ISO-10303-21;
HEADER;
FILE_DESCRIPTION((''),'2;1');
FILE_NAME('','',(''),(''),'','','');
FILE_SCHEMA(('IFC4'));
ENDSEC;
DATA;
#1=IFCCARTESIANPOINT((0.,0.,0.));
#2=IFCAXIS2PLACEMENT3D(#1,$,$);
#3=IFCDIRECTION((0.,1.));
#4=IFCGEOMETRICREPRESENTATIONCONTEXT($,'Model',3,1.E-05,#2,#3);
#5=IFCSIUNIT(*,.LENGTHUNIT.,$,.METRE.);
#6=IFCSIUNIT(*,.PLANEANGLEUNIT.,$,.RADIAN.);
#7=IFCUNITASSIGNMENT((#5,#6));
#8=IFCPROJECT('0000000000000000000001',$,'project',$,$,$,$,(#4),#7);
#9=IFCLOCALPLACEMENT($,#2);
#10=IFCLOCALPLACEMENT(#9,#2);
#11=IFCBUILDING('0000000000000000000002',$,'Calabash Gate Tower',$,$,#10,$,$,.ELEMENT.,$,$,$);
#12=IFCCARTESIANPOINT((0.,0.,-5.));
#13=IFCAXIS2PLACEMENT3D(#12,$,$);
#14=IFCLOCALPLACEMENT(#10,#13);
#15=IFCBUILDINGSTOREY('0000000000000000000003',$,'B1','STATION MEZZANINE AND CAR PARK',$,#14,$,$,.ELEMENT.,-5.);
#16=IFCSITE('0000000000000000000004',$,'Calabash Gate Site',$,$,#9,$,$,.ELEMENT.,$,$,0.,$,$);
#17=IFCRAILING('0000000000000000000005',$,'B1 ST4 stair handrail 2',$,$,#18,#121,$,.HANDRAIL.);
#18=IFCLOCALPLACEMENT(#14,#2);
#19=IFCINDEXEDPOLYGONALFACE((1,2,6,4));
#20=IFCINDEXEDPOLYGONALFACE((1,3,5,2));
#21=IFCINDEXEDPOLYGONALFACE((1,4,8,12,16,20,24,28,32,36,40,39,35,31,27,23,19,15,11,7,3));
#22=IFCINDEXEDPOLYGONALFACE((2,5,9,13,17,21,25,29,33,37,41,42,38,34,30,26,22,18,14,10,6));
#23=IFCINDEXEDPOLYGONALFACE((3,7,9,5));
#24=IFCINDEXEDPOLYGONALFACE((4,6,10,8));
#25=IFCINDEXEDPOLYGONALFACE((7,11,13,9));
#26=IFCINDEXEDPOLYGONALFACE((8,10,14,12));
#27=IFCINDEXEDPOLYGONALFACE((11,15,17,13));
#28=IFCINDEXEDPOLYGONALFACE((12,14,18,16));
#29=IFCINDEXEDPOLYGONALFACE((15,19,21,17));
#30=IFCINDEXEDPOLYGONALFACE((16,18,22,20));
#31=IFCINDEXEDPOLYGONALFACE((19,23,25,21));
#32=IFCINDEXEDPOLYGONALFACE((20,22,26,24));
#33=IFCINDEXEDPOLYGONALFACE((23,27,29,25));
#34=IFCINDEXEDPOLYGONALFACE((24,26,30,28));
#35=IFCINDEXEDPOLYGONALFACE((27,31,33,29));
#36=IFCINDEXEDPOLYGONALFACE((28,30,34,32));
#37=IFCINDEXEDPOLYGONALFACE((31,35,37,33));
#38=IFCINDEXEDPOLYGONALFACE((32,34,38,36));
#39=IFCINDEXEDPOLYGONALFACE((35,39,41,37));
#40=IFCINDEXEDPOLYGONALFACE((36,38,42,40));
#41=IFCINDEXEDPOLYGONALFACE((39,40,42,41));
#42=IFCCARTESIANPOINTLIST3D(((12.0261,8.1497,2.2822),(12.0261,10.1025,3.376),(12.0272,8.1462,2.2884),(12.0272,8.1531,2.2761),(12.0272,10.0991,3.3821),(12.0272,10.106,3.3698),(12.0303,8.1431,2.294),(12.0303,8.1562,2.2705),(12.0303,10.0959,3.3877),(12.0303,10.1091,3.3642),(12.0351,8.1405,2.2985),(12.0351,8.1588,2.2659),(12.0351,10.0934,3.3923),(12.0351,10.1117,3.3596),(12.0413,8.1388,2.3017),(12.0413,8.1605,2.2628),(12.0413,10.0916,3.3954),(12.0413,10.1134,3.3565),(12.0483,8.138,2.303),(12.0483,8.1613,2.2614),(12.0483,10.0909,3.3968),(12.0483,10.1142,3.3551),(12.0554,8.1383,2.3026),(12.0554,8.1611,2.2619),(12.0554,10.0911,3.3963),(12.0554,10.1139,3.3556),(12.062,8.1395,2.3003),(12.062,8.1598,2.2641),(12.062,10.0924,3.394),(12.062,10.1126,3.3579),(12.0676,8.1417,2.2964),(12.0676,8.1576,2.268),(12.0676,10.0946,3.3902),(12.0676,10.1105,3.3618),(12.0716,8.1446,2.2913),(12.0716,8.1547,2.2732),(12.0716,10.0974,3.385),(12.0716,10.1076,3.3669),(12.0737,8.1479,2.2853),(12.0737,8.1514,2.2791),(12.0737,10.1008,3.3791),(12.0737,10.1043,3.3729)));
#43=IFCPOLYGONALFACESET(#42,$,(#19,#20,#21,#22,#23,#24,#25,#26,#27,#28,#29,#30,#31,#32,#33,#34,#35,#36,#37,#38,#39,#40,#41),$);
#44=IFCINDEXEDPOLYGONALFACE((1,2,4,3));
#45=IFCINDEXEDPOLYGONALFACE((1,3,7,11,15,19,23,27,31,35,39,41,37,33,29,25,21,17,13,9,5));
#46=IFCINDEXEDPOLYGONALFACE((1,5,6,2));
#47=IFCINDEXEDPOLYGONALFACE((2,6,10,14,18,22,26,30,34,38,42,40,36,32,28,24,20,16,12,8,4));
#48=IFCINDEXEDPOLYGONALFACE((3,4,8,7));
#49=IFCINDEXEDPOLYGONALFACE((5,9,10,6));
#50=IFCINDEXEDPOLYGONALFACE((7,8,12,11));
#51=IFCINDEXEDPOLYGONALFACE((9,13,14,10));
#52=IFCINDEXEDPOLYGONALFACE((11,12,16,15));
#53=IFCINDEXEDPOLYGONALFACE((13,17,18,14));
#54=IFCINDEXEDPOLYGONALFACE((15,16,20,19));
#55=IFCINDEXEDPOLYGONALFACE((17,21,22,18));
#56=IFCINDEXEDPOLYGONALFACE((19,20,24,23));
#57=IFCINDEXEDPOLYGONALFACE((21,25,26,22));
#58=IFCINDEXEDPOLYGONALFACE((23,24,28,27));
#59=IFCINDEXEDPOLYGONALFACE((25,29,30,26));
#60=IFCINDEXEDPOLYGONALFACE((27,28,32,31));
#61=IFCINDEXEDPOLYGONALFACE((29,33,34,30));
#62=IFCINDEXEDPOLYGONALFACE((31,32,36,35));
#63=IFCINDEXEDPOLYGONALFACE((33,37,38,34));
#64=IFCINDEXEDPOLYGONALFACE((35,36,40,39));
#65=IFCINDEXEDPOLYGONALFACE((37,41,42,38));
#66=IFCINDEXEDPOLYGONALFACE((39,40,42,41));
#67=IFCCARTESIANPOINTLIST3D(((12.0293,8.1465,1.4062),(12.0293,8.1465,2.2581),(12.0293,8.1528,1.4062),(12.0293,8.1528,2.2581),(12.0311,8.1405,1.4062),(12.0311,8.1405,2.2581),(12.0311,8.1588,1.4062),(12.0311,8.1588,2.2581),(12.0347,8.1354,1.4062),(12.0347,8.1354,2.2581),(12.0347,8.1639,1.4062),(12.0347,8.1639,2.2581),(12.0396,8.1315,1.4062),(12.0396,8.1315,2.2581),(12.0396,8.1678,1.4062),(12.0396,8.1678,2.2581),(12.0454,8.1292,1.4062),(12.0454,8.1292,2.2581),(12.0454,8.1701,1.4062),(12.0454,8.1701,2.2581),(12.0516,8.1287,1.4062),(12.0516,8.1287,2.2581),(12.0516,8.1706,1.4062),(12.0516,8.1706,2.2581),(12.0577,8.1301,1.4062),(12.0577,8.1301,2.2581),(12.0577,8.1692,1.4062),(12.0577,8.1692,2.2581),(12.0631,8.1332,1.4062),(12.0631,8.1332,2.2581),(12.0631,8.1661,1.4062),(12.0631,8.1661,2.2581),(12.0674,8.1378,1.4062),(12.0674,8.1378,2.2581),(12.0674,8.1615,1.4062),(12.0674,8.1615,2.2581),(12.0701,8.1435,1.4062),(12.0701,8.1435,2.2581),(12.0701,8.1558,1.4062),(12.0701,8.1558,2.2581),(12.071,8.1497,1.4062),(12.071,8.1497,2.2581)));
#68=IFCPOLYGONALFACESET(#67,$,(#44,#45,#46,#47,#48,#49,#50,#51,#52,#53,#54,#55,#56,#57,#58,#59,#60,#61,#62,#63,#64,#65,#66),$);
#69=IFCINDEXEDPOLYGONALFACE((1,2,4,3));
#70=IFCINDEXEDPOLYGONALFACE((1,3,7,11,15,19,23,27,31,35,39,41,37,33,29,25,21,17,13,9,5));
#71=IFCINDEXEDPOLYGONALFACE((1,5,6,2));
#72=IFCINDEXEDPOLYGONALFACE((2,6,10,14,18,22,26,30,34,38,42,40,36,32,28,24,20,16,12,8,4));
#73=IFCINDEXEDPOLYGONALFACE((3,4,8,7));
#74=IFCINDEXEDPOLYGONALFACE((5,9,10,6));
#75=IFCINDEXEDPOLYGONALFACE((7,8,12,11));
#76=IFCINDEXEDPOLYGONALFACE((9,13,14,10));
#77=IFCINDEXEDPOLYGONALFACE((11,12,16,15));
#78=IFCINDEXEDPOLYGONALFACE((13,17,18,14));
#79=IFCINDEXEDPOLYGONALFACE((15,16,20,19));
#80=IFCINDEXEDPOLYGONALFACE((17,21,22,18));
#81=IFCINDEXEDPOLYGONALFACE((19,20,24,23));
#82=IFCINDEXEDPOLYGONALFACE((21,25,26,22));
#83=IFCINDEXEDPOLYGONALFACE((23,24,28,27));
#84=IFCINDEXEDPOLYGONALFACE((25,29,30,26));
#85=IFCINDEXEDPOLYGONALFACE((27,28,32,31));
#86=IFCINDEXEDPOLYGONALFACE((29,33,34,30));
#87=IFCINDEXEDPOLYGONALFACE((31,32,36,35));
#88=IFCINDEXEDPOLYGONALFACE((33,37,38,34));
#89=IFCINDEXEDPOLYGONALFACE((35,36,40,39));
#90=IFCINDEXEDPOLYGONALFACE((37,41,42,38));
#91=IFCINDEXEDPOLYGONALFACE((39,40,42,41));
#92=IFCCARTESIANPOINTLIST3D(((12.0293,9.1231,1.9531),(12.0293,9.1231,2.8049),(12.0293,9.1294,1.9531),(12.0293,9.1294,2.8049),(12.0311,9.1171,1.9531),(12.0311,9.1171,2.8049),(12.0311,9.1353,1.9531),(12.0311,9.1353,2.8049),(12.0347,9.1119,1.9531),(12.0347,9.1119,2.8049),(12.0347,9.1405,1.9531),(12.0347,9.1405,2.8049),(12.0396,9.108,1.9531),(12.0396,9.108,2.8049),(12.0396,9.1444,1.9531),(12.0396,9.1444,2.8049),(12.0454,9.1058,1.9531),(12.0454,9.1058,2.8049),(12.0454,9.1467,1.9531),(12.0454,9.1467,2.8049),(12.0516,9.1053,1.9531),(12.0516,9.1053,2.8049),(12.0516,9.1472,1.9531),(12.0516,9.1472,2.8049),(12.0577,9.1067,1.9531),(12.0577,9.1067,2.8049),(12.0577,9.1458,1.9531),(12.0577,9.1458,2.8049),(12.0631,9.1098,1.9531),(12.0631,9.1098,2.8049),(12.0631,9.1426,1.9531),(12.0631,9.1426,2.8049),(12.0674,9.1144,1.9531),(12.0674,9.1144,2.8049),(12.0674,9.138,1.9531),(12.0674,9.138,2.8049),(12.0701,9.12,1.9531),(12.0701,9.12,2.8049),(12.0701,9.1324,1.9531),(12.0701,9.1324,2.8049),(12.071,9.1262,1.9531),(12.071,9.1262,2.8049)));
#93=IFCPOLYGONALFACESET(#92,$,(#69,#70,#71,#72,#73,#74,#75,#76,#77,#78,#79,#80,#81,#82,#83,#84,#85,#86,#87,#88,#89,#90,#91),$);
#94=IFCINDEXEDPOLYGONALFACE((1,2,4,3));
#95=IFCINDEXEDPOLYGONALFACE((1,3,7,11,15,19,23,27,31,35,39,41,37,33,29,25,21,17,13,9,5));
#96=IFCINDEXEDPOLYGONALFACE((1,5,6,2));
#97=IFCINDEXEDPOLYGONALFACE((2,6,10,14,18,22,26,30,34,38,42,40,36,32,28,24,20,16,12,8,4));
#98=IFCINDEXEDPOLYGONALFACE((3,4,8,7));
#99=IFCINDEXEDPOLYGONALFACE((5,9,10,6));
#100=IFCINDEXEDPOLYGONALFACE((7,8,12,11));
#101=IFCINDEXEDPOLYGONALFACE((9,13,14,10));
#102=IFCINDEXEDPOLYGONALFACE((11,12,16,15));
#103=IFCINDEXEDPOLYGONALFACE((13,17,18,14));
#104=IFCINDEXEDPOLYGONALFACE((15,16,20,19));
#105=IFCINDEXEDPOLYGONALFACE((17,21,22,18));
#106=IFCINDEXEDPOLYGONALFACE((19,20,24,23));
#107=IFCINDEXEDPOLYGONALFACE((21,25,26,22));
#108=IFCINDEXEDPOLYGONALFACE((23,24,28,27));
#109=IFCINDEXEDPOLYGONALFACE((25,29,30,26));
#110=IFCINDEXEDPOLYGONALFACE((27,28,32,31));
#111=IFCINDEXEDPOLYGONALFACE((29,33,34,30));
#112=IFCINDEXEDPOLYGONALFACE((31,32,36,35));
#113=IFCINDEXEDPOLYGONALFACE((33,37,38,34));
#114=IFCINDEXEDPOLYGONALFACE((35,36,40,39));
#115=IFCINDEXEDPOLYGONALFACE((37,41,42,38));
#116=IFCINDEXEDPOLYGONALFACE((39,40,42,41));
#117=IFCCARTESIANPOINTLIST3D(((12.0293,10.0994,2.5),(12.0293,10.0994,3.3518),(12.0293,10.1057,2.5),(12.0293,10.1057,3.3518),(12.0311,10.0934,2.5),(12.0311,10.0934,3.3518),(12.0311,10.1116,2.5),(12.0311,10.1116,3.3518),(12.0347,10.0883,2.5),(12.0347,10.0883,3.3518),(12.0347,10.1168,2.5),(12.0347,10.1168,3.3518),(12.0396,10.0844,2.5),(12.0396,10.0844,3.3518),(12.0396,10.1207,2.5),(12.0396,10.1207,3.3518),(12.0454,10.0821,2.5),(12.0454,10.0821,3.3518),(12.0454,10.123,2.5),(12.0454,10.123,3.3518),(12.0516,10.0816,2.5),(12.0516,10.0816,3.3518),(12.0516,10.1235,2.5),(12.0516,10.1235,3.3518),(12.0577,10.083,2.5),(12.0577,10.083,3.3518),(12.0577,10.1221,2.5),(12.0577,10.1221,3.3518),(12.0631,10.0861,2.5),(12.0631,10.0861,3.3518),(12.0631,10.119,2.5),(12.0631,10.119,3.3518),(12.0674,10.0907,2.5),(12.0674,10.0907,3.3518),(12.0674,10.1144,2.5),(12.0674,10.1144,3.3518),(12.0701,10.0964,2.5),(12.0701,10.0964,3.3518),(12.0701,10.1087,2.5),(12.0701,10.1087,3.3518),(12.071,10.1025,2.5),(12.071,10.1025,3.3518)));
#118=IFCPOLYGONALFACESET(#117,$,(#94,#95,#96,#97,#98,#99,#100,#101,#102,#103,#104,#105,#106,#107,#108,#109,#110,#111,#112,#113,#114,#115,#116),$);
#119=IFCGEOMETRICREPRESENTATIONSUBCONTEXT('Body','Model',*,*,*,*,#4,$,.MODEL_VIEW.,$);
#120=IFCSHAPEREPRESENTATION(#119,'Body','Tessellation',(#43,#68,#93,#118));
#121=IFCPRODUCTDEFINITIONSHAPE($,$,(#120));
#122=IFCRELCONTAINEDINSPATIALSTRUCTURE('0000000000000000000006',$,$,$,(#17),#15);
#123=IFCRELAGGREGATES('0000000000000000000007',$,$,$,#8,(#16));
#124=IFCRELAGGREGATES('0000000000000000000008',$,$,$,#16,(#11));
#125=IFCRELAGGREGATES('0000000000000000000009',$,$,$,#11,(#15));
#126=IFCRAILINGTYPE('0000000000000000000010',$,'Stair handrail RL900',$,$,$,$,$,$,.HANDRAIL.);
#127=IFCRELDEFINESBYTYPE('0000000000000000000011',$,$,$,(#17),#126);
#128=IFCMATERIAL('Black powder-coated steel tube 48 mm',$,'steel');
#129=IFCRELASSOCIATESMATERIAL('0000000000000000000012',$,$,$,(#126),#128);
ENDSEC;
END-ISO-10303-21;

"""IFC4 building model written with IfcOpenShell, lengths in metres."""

from ifc_helpers import new_model, si_unit, direction, frame, origin, origin_2d, place, context, subcontext, project, spatial, circle, extrude, material, type_object, element, save


model = new_model("IFC4")

# Units and contexts
model_context = context("Model", 3, precision=1e-05, world=origin(), true_north=direction((0.0, 1.0)))
body_context = subcontext(model_context, "Body", "Model", "MODEL_VIEW")
ifc_project = project(units=[si_unit("LENGTHUNIT", "METRE"), si_unit("PLANEANGLEUNIT", "RADIAN")], contexts=[model_context])

# Site, building, storey
site_placement = place(None, origin())
site = spatial("IfcSite", under=ifc_project, at=site_placement, Name="Calabash Gate Site", CompositionType="ELEMENT", RefElevation=0.0)
building_placement = place(site_placement, origin())
building = spatial("IfcBuilding", under=site, at=building_placement, Name="Calabash Gate Tower", CompositionType="ELEMENT")
storey_placement = place(building_placement, frame((0.0, 0.0, -5.0)))
storey = spatial("IfcBuildingStorey", under=building, at=storey_placement, Name="B1", Description="STATION MEZZANINE AND CAR PARK", CompositionType="ELEMENT", Elevation=-5.0)

# Railing
ifc_material_1 = material(Name="Black powder-coated steel tube 48 mm", Category="steel")
railing_type_1 = type_object("IfcRailingType", Name="Stair handrail RL900", PredefinedType="HANDRAIL", material=ifc_material_1)
railing_1_placement = place(storey_placement, frame((12.05, 8.1497, 1.4062)))
element("IfcRailing", 1, at=railing_1_placement, inside=storey, type_object=railing_type_1, Name="B1 ST4 stair handrail 2", PredefinedType="HANDRAIL", context=body_context, shape_type="SweptSolid", body=[
    extrude(circle(Radius=0.0239, at=origin_2d()), frame((0.0, 0.0, 0.876), z_axis=(0.0, 0.87248, 0.48865), x_axis=(-1.0, 0.0, 0.0)), (0.0, 0.0, 1.0), 2.2383),
    extrude(circle(Radius=0.021, at=origin_2d()), origin(), (0.0, 0.0, 1.0), 0.8518),
    extrude(circle(Radius=0.021, at=origin_2d()), frame((0.0, 0.9766, 0.5469)), (0.0, 0.0, 1.0), 0.8518),
    extrude(circle(Radius=0.021, at=origin_2d()), frame((0.0, 1.9529, 1.0938)), (0.0, 0.0, 1.0), 0.8518),
])

save(model, "model.ifc")
